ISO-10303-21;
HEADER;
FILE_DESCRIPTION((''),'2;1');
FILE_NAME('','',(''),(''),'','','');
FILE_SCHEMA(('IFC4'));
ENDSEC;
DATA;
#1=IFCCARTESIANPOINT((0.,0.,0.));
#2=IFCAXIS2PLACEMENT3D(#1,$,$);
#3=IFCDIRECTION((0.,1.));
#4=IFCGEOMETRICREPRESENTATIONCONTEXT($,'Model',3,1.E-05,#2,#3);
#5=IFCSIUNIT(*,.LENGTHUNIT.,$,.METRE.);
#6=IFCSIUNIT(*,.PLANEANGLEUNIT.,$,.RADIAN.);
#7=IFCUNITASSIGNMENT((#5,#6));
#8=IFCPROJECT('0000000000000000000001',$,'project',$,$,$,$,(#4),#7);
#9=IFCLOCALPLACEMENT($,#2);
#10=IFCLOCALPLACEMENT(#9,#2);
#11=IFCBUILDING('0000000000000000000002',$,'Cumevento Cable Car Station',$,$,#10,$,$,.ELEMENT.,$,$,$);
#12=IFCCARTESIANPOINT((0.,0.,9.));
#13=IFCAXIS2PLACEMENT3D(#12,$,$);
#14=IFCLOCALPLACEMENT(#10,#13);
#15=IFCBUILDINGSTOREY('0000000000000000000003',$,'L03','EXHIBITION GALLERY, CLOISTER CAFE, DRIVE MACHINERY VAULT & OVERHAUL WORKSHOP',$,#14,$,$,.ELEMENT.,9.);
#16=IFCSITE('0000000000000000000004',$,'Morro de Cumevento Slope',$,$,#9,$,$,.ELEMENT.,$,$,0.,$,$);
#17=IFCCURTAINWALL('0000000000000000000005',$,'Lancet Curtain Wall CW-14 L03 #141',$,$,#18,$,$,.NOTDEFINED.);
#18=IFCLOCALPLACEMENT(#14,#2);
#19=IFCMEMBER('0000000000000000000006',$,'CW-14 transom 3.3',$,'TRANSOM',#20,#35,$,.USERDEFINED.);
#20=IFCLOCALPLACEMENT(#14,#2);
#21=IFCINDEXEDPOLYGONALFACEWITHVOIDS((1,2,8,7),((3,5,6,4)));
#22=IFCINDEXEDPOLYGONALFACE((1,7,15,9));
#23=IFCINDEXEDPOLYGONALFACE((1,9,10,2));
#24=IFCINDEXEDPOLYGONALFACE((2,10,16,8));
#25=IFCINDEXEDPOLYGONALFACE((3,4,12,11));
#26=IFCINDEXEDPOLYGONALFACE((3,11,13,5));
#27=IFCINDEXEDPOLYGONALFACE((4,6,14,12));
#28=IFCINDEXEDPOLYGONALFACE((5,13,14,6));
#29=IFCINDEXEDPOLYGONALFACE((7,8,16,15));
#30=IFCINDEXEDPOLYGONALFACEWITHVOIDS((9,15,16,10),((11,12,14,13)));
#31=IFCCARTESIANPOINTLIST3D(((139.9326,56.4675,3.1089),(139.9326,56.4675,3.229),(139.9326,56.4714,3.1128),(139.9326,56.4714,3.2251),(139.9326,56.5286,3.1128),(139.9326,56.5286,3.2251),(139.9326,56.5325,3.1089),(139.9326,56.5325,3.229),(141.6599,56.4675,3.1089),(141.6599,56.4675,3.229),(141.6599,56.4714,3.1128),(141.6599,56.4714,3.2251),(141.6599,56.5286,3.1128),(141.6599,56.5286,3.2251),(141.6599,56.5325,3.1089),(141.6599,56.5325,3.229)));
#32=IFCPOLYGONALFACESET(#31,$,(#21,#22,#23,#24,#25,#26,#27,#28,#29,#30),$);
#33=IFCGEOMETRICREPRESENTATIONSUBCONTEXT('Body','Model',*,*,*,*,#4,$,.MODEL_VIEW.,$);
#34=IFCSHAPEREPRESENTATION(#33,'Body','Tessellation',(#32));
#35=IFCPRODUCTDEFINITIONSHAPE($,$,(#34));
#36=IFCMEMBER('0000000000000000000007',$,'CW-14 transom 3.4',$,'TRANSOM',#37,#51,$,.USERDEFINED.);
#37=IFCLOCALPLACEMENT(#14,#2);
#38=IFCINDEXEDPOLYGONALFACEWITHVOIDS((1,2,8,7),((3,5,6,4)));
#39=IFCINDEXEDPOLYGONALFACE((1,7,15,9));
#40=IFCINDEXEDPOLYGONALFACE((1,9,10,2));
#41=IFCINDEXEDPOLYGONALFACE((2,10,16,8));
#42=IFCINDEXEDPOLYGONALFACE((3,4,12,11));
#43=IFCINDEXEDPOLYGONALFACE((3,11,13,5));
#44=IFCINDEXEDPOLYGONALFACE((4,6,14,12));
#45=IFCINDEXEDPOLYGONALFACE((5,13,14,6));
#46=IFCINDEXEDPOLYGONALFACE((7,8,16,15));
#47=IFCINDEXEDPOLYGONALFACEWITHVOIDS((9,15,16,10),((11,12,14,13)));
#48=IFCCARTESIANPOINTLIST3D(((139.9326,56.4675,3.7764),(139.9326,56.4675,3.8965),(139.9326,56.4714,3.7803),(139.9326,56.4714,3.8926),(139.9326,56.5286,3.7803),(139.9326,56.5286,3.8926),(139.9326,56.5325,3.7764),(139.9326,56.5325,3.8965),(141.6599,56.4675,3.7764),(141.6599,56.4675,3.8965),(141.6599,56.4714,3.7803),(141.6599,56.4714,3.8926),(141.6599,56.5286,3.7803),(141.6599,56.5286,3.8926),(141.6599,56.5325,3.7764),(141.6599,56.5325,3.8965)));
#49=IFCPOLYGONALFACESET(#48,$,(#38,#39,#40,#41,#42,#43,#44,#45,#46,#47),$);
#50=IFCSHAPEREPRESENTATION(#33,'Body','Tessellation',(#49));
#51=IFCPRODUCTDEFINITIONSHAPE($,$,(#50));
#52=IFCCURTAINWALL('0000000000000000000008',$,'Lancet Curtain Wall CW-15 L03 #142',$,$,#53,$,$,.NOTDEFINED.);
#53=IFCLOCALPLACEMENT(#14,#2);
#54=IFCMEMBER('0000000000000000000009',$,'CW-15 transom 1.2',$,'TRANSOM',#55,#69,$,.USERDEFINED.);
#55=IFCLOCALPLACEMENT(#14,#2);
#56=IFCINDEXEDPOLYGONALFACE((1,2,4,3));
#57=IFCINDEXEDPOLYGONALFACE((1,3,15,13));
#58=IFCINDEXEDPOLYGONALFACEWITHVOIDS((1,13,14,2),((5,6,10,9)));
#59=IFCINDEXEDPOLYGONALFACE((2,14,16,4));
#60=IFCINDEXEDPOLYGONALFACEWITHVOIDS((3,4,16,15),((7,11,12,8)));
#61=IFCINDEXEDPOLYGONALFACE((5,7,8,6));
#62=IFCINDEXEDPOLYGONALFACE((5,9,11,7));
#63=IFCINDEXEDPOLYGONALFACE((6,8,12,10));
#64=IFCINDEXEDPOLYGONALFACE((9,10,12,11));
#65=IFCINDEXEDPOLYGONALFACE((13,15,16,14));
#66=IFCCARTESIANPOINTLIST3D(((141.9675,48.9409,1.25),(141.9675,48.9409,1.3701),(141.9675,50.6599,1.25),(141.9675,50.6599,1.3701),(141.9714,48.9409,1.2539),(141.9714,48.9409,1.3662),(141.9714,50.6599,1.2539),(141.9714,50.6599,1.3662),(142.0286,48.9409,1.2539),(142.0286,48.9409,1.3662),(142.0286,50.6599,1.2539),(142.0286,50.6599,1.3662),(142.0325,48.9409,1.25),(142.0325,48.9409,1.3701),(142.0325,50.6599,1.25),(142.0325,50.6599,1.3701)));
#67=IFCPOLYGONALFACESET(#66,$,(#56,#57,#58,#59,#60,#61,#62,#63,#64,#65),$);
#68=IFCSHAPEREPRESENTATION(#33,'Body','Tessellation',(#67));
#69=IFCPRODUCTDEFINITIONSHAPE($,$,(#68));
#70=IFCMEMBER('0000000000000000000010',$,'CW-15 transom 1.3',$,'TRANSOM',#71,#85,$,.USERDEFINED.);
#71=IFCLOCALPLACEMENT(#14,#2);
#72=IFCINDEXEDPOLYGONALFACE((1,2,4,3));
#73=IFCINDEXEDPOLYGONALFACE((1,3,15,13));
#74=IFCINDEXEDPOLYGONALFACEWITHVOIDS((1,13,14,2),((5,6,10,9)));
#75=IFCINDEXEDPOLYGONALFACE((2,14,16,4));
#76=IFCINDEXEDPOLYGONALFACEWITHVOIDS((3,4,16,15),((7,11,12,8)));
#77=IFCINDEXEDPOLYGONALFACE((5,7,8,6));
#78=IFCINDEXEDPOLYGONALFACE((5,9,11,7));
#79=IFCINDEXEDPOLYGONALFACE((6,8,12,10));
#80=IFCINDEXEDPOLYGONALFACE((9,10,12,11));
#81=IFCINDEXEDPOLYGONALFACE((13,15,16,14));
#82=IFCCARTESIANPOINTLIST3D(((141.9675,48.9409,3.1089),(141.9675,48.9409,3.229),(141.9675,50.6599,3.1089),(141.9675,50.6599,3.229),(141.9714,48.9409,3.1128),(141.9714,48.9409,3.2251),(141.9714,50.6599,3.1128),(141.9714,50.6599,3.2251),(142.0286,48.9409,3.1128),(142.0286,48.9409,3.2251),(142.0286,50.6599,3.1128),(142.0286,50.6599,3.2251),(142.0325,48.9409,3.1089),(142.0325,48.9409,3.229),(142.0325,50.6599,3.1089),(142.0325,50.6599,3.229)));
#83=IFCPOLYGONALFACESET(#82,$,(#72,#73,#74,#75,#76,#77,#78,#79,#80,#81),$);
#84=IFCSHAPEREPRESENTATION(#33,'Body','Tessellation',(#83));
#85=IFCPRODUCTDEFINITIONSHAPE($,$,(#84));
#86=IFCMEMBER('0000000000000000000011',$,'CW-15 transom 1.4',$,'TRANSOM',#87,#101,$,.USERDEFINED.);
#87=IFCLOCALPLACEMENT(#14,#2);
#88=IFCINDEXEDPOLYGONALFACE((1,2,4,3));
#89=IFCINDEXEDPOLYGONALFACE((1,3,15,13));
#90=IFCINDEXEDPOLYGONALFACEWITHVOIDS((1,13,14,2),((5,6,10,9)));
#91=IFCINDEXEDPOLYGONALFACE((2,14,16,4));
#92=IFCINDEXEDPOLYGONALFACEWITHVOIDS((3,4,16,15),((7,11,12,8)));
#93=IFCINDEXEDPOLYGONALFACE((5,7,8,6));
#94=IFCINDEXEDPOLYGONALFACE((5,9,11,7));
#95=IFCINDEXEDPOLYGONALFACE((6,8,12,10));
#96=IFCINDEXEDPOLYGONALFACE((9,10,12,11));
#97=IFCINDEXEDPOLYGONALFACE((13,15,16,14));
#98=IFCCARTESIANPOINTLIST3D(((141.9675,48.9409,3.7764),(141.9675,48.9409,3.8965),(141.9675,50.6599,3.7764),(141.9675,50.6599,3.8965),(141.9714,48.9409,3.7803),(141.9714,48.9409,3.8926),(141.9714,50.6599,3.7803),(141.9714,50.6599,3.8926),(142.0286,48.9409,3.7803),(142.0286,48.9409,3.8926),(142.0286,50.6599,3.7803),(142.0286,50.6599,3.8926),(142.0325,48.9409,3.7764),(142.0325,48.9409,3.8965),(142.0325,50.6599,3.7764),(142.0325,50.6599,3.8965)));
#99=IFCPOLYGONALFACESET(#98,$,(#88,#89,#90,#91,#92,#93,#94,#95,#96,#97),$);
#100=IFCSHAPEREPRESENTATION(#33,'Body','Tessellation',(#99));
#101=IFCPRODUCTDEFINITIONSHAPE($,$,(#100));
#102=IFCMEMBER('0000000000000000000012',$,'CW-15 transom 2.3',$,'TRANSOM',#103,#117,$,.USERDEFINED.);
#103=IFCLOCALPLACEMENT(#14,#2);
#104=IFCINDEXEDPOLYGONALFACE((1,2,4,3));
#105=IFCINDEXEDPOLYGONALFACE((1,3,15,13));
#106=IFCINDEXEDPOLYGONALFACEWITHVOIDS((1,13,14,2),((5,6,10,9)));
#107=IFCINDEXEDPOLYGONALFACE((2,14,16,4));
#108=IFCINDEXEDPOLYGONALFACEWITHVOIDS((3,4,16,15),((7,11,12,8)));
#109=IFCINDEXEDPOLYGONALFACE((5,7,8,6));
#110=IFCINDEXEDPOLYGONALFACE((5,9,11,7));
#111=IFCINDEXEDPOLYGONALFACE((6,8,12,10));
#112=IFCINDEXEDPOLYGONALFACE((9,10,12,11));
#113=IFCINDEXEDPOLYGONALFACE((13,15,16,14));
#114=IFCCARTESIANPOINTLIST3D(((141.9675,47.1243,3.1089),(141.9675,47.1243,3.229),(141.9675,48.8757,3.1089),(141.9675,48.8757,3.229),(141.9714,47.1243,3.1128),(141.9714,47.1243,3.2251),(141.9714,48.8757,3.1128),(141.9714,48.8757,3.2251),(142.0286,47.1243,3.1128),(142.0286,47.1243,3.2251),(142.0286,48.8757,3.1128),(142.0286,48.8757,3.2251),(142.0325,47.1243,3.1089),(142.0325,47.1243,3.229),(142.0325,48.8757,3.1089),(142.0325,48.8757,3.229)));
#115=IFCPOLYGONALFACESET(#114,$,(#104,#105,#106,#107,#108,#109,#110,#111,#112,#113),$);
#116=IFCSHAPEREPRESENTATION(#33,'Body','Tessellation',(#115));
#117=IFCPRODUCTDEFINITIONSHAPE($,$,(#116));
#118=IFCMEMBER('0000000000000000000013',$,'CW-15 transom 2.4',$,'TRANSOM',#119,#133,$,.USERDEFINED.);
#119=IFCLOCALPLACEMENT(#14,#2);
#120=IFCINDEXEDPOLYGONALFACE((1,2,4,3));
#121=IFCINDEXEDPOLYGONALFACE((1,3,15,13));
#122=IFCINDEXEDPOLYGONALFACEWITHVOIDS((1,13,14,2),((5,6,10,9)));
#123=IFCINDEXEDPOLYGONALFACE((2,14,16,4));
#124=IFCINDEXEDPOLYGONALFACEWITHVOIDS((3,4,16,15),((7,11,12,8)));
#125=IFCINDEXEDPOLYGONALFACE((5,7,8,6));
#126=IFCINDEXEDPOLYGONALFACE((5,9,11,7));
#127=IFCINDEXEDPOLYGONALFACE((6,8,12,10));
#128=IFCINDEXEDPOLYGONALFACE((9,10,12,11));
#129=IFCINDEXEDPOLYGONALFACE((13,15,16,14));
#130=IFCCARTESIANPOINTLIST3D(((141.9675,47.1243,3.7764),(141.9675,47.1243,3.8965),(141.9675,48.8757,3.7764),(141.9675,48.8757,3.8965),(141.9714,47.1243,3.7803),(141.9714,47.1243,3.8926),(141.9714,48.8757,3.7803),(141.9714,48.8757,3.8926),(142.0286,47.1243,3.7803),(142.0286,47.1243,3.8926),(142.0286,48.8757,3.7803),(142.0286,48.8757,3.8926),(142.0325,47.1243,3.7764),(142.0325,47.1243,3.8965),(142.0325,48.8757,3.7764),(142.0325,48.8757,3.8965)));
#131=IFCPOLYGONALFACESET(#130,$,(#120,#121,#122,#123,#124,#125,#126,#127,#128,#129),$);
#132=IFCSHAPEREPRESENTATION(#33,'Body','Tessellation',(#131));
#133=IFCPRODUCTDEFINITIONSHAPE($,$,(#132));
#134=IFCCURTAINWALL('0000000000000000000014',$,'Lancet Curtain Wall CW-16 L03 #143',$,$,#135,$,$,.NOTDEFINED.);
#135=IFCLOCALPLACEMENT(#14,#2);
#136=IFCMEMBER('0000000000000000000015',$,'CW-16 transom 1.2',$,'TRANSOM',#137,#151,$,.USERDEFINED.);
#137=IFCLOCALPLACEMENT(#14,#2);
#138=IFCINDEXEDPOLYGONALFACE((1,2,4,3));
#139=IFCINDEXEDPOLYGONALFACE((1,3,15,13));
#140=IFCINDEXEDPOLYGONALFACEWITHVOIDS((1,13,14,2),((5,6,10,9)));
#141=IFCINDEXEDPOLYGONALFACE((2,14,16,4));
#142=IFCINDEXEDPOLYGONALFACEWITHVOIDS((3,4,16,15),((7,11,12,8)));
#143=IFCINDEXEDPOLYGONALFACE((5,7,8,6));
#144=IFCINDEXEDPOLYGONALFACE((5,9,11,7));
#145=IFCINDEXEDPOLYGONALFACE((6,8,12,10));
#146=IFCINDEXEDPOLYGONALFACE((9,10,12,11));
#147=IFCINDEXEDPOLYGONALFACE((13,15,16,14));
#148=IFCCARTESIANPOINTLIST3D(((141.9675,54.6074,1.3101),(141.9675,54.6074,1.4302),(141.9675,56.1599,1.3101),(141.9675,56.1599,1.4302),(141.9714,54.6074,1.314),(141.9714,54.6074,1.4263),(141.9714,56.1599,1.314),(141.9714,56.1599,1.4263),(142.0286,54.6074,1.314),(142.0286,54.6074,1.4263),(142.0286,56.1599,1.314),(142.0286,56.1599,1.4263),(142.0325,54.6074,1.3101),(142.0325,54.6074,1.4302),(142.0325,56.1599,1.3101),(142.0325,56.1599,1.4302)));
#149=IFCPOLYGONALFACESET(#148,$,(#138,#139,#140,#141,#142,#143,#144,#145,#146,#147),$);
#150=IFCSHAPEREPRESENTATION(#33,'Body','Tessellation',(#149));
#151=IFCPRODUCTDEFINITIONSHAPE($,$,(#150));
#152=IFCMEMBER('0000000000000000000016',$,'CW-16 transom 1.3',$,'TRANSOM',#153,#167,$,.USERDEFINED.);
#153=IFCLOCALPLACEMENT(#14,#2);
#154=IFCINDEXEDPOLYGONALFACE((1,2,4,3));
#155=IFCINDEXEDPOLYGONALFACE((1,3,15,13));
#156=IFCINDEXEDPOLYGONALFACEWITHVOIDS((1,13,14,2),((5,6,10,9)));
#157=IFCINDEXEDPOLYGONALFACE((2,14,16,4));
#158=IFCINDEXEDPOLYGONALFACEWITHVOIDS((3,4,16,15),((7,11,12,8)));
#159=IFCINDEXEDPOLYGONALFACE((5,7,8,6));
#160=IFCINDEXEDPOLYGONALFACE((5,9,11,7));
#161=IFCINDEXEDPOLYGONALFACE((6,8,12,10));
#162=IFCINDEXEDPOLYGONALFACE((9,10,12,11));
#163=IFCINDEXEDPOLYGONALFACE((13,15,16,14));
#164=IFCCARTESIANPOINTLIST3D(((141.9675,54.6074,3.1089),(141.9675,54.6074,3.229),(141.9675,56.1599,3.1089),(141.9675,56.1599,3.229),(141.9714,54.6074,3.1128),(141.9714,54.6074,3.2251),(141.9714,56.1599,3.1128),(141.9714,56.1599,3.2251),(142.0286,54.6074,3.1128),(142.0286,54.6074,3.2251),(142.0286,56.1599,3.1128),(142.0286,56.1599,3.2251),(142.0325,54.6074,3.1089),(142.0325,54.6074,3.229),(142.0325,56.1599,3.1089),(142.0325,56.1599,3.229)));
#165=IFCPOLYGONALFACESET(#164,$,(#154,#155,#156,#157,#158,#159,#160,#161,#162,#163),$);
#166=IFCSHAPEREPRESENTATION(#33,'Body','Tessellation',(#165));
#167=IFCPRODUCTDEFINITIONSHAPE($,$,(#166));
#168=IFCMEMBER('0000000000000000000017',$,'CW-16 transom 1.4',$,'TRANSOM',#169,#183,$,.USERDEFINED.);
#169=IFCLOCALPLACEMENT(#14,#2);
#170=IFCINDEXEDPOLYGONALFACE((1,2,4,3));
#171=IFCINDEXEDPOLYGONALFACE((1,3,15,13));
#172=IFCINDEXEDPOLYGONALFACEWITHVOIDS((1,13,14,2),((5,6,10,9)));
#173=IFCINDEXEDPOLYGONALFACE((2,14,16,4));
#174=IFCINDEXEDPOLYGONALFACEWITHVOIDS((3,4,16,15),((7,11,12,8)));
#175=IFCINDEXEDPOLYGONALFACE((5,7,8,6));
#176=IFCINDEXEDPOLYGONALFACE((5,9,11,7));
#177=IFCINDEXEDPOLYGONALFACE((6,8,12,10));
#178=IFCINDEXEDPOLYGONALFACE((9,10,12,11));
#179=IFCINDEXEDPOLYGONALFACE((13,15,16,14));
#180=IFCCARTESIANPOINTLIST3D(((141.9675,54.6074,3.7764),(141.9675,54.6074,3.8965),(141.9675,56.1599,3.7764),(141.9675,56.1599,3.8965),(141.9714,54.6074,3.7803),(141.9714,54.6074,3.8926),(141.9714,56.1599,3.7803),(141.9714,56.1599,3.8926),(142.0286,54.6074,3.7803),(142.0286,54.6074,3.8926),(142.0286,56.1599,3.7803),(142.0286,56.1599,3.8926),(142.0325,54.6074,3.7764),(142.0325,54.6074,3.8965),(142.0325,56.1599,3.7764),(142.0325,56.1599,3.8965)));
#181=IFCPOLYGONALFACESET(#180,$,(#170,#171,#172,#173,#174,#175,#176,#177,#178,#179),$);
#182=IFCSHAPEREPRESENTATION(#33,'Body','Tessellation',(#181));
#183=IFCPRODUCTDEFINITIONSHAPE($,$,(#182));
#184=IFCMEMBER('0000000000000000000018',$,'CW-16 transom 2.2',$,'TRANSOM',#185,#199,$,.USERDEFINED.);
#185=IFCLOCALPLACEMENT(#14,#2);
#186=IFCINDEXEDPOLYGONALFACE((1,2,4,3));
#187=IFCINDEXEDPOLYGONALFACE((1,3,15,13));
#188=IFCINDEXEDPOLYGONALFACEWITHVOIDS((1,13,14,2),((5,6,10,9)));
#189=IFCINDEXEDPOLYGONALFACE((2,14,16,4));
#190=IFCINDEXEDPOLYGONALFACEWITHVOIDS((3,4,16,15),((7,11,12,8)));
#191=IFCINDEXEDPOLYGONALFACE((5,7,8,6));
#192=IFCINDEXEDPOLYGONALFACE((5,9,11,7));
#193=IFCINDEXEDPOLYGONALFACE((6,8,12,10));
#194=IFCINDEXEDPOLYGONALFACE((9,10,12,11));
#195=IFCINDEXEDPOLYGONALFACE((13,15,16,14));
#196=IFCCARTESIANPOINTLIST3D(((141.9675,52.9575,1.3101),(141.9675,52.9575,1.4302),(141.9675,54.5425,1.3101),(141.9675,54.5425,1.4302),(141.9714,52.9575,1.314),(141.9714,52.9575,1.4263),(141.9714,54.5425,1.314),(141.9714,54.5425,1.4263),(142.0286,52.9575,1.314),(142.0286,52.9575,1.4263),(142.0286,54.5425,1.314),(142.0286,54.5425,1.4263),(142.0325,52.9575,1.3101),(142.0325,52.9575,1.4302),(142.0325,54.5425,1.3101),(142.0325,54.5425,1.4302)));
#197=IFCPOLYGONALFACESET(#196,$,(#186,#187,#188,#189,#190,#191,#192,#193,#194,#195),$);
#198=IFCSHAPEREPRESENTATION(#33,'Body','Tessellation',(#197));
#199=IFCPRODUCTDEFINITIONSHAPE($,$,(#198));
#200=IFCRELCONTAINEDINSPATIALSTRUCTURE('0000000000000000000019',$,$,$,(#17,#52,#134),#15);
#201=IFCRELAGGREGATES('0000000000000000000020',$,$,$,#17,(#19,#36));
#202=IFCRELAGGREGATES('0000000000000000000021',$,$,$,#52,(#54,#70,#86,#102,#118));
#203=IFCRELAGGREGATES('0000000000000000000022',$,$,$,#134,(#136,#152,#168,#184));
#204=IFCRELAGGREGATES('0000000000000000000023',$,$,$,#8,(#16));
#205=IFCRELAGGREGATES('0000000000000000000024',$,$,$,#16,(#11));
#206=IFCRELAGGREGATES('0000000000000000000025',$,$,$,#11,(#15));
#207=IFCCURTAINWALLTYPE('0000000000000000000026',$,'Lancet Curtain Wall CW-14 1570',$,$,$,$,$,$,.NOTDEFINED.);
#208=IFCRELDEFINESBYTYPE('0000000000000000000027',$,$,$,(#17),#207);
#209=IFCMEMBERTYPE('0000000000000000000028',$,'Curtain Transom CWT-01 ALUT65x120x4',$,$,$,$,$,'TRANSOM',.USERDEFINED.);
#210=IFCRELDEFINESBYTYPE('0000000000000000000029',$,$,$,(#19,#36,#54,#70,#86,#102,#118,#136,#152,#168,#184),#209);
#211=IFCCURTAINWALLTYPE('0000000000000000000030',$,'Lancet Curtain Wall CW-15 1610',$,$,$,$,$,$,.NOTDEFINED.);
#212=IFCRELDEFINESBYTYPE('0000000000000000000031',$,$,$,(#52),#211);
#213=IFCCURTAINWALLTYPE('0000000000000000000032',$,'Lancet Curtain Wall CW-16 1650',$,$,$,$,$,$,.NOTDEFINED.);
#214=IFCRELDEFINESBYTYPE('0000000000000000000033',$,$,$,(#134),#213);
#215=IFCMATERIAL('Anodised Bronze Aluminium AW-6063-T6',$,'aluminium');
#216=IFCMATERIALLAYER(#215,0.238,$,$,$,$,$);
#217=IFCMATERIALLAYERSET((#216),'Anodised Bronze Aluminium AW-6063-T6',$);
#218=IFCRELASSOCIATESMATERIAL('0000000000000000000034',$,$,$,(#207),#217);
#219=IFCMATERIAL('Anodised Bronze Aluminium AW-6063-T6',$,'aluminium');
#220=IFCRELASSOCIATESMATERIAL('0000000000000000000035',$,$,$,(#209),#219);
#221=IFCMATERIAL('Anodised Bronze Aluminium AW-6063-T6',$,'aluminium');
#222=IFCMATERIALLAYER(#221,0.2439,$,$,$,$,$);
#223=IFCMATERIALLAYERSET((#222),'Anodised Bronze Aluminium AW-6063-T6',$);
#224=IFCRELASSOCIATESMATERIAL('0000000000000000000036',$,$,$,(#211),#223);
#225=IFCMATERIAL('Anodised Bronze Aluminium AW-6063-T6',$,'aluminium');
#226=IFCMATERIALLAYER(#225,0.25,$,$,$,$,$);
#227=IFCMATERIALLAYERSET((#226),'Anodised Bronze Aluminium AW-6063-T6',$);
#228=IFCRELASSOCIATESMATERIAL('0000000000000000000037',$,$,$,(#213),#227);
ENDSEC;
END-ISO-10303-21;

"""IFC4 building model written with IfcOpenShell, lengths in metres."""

from ifc_helpers import new_model, si_unit, direction, frame, origin, origin_2d, place, context, subcontext, project, spatial, hollow_rectangle, extrude, material, layer, layer_set, material_profile, profile_set, type_object, element, aggregate, save


model = new_model("IFC4")

# Units and contexts
model_context = context("Model", 3, precision=1e-05, world=origin(), true_north=direction((0.0, 1.0)))
body_context = subcontext(model_context, "Body", "Model", "MODEL_VIEW")
ifc_project = project(units=[si_unit("LENGTHUNIT", "METRE"), si_unit("PLANEANGLEUNIT", "RADIAN")], contexts=[model_context])

# Site, building, storey
site_placement = place(None, origin())
site = spatial("IfcSite", under=ifc_project, at=site_placement, Name="Morro de Cumevento Slope", CompositionType="ELEMENT", RefElevation=0.0)
building_placement = place(site_placement, origin())
building = spatial("IfcBuilding", under=site, at=building_placement, Name="Cumevento Cable Car Station", CompositionType="ELEMENT")
storey_placement = place(building_placement, frame((0.0, 0.0, 9.0)))
storey = spatial("IfcBuildingStorey", under=building, at=storey_placement, Name="L03", Description="EXHIBITION GALLERY, CLOISTER CAFE, DRIVE MACHINERY VAULT & OVERHAUL WORKSHOP", CompositionType="ELEMENT", Elevation=9.0)

# Curtain walls, members
ifc_material_1 = material(Name="Anodised Bronze Aluminium AW-6063-T6", Category="aluminium")
ifc_layer_1 = layer(ifc_material_1, 0.238)
ifc_layer_set_1 = layer_set([ifc_layer_1], Name="Anodised Bronze Aluminium AW-6063-T6")
curtain_wall_type_1 = type_object("IfcCurtainWallType", Name="Lancet Curtain Wall CW-14 1570", PredefinedType="NOTDEFINED", material=ifc_layer_set_1)
curtain_wall_1_placement = place(storey_placement, origin())
curtain_wall_1 = element("IfcCurtainWall", 1, at=curtain_wall_1_placement, inside=storey, type_object=curtain_wall_type_1, Name="Lancet Curtain Wall CW-14 L03 #141", PredefinedType="NOTDEFINED")
ifc_material_2 = material(Name="Anodised Bronze Aluminium AW-6063-T6", Category="aluminium")
ifc_material_profile_1 = material_profile(ifc_material_2, hollow_rectangle(XDim=0.0649, YDim=0.1201, WallThickness=0.0039, at=origin_2d()), Name="ALUT65x120x4")
ifc_profile_set_1 = profile_set([ifc_material_profile_1], Name="Anodised Bronze Aluminium AW-6063-T6")
member_type = type_object("IfcMemberType", Name="Curtain Transom CWT-01 ALUT65x120x4", ElementType="TRANSOM", PredefinedType="USERDEFINED", material=ifc_profile_set_1)
member_1_placement = place(storey_placement, frame((139.9326, 56.5, 3.1689), z_axis=(1.0, 0.0, 0.0), x_axis=(0.0, 1.0, 0.0)))
member_1 = element("IfcMember", 2, at=member_1_placement, type_object=member_type, Name="CW-14 transom 3.3", ObjectType="TRANSOM", PredefinedType="USERDEFINED", context=body_context, shape_type="SweptSolid", body=[
    extrude(hollow_rectangle(XDim=0.0649, YDim=0.1201, WallThickness=0.0039, at=origin_2d()), origin(), (0.0, 0.0, 1.0), 1.7273),
])
member_2_placement = place(storey_placement, frame((139.9326, 56.5, 3.8364), z_axis=(1.0, 0.0, 0.0), x_axis=(0.0, 1.0, 0.0)))
member_2 = element("IfcMember", 3, at=member_2_placement, type_object=member_type, Name="CW-14 transom 3.4", ObjectType="TRANSOM", PredefinedType="USERDEFINED", context=body_context, shape_type="SweptSolid", body=[
    extrude(hollow_rectangle(XDim=0.0649, YDim=0.1201, WallThickness=0.0039, at=origin_2d()), origin(), (0.0, 0.0, 1.0), 1.7273),
])
ifc_material_3 = material(Name="Anodised Bronze Aluminium AW-6063-T6", Category="aluminium")
ifc_layer_2 = layer(ifc_material_3, 0.2439)
ifc_layer_set_2 = layer_set([ifc_layer_2], Name="Anodised Bronze Aluminium AW-6063-T6")
curtain_wall_type_2 = type_object("IfcCurtainWallType", Name="Lancet Curtain Wall CW-15 1610", PredefinedType="NOTDEFINED", material=ifc_layer_set_2)
curtain_wall_2_placement = place(storey_placement, origin())
curtain_wall_2 = element("IfcCurtainWall", 4, at=curtain_wall_2_placement, inside=storey, type_object=curtain_wall_type_2, Name="Lancet Curtain Wall CW-15 L03 #142", PredefinedType="NOTDEFINED")
member_3_placement = place(storey_placement, frame((142.0, 50.6599, 1.3101), z_axis=(0.0, -1.0, 0.0), x_axis=(1.0, 0.0, 0.0)))
member_3 = element("IfcMember", 5, at=member_3_placement, type_object=member_type, Name="CW-15 transom 1.2", ObjectType="TRANSOM", PredefinedType="USERDEFINED", context=body_context, shape_type="SweptSolid", body=[
    extrude(hollow_rectangle(XDim=0.0649, YDim=0.1201, WallThickness=0.0039, at=origin_2d()), origin(), (0.0, 0.0, 1.0), 1.719),
])
member_4_placement = place(storey_placement, frame((142.0, 50.6599, 3.1689), z_axis=(0.0, -1.0, 0.0), x_axis=(1.0, 0.0, 0.0)))
member_4 = element("IfcMember", 6, at=member_4_placement, type_object=member_type, Name="CW-15 transom 1.3", ObjectType="TRANSOM", PredefinedType="USERDEFINED", context=body_context, shape_type="SweptSolid", body=[
    extrude(hollow_rectangle(XDim=0.0649, YDim=0.1201, WallThickness=0.0039, at=origin_2d()), origin(), (0.0, 0.0, 1.0), 1.719),
])
member_5_placement = place(storey_placement, frame((142.0, 50.6599, 3.8364), z_axis=(0.0, -1.0, 0.0), x_axis=(1.0, 0.0, 0.0)))
member_5 = element("IfcMember", 7, at=member_5_placement, type_object=member_type, Name="CW-15 transom 1.4", ObjectType="TRANSOM", PredefinedType="USERDEFINED", context=body_context, shape_type="SweptSolid", body=[
    extrude(hollow_rectangle(XDim=0.0649, YDim=0.1201, WallThickness=0.0039, at=origin_2d()), origin(), (0.0, 0.0, 1.0), 1.719),
])
member_6_placement = place(storey_placement, frame((142.0, 48.8757, 3.1689), z_axis=(0.0, -1.0, 0.0), x_axis=(1.0, 0.0, 0.0)))
member_6 = element("IfcMember", 8, at=member_6_placement, type_object=member_type, Name="CW-15 transom 2.3", ObjectType="TRANSOM", PredefinedType="USERDEFINED", context=body_context, shape_type="SweptSolid", body=[
    extrude(hollow_rectangle(XDim=0.0649, YDim=0.1201, WallThickness=0.0039, at=origin_2d()), origin(), (0.0, 0.0, 1.0), 1.7515),
])
member_7_placement = place(storey_placement, frame((142.0, 48.8757, 3.8364), z_axis=(0.0, -1.0, 0.0), x_axis=(1.0, 0.0, 0.0)))
member_7 = element("IfcMember", 9, at=member_7_placement, type_object=member_type, Name="CW-15 transom 2.4", ObjectType="TRANSOM", PredefinedType="USERDEFINED", context=body_context, shape_type="SweptSolid", body=[
    extrude(hollow_rectangle(XDim=0.0649, YDim=0.1201, WallThickness=0.0039, at=origin_2d()), origin(), (0.0, 0.0, 1.0), 1.7515),
])
ifc_material_4 = material(Name="Anodised Bronze Aluminium AW-6063-T6", Category="aluminium")
ifc_layer_3 = layer(ifc_material_4, 0.25)
ifc_layer_set_3 = layer_set([ifc_layer_3], Name="Anodised Bronze Aluminium AW-6063-T6")
curtain_wall_type_3 = type_object("IfcCurtainWallType", Name="Lancet Curtain Wall CW-16 1650", PredefinedType="NOTDEFINED", material=ifc_layer_set_3)
curtain_wall_3_placement = place(storey_placement, origin())
curtain_wall_3 = element("IfcCurtainWall", 10, at=curtain_wall_3_placement, inside=storey, type_object=curtain_wall_type_3, Name="Lancet Curtain Wall CW-16 L03 #143", PredefinedType="NOTDEFINED")
member_8_placement = place(storey_placement, frame((142.0, 56.1599, 1.3701), z_axis=(0.0, -1.0, 0.0), x_axis=(1.0, 0.0, 0.0)))
member_8 = element("IfcMember", 11, at=member_8_placement, type_object=member_type, Name="CW-16 transom 1.2", ObjectType="TRANSOM", PredefinedType="USERDEFINED", context=body_context, shape_type="SweptSolid", body=[
    extrude(hollow_rectangle(XDim=0.0649, YDim=0.1201, WallThickness=0.0039, at=origin_2d()), origin(), (0.0, 0.0, 1.0), 1.5525),
])
member_9_placement = place(storey_placement, frame((142.0, 56.1599, 3.1689), z_axis=(0.0, -1.0, 0.0), x_axis=(1.0, 0.0, 0.0)))
member_9 = element("IfcMember", 12, at=member_9_placement, type_object=member_type, Name="CW-16 transom 1.3", ObjectType="TRANSOM", PredefinedType="USERDEFINED", context=body_context, shape_type="SweptSolid", body=[
    extrude(hollow_rectangle(XDim=0.0649, YDim=0.1201, WallThickness=0.0039, at=origin_2d()), origin(), (0.0, 0.0, 1.0), 1.5525),
])
member_10_placement = place(storey_placement, frame((142.0, 56.1599, 3.8364), z_axis=(0.0, -1.0, 0.0), x_axis=(1.0, 0.0, 0.0)))
member_10 = element("IfcMember", 13, at=member_10_placement, type_object=member_type, Name="CW-16 transom 1.4", ObjectType="TRANSOM", PredefinedType="USERDEFINED", context=body_context, shape_type="SweptSolid", body=[
    extrude(hollow_rectangle(XDim=0.0649, YDim=0.1201, WallThickness=0.0039, at=origin_2d()), origin(), (0.0, 0.0, 1.0), 1.5525),
])
member_11_placement = place(storey_placement, frame((142.0, 54.5425, 1.3701), z_axis=(0.0, -1.0, 0.0), x_axis=(1.0, 0.0, 0.0)))
member_11 = element("IfcMember", 14, at=member_11_placement, type_object=member_type, Name="CW-16 transom 2.2", ObjectType="TRANSOM", PredefinedType="USERDEFINED", context=body_context, shape_type="SweptSolid", body=[
    extrude(hollow_rectangle(XDim=0.0649, YDim=0.1201, WallThickness=0.0039, at=origin_2d()), origin(), (0.0, 0.0, 1.0), 1.585),
])

aggregate(curtain_wall_1, [member_1, member_2])
aggregate(curtain_wall_2, [member_3, member_4, member_5, member_6, member_7])
aggregate(curtain_wall_3, [member_8, member_9, member_10, member_11])

save(model, "model.ifc")
